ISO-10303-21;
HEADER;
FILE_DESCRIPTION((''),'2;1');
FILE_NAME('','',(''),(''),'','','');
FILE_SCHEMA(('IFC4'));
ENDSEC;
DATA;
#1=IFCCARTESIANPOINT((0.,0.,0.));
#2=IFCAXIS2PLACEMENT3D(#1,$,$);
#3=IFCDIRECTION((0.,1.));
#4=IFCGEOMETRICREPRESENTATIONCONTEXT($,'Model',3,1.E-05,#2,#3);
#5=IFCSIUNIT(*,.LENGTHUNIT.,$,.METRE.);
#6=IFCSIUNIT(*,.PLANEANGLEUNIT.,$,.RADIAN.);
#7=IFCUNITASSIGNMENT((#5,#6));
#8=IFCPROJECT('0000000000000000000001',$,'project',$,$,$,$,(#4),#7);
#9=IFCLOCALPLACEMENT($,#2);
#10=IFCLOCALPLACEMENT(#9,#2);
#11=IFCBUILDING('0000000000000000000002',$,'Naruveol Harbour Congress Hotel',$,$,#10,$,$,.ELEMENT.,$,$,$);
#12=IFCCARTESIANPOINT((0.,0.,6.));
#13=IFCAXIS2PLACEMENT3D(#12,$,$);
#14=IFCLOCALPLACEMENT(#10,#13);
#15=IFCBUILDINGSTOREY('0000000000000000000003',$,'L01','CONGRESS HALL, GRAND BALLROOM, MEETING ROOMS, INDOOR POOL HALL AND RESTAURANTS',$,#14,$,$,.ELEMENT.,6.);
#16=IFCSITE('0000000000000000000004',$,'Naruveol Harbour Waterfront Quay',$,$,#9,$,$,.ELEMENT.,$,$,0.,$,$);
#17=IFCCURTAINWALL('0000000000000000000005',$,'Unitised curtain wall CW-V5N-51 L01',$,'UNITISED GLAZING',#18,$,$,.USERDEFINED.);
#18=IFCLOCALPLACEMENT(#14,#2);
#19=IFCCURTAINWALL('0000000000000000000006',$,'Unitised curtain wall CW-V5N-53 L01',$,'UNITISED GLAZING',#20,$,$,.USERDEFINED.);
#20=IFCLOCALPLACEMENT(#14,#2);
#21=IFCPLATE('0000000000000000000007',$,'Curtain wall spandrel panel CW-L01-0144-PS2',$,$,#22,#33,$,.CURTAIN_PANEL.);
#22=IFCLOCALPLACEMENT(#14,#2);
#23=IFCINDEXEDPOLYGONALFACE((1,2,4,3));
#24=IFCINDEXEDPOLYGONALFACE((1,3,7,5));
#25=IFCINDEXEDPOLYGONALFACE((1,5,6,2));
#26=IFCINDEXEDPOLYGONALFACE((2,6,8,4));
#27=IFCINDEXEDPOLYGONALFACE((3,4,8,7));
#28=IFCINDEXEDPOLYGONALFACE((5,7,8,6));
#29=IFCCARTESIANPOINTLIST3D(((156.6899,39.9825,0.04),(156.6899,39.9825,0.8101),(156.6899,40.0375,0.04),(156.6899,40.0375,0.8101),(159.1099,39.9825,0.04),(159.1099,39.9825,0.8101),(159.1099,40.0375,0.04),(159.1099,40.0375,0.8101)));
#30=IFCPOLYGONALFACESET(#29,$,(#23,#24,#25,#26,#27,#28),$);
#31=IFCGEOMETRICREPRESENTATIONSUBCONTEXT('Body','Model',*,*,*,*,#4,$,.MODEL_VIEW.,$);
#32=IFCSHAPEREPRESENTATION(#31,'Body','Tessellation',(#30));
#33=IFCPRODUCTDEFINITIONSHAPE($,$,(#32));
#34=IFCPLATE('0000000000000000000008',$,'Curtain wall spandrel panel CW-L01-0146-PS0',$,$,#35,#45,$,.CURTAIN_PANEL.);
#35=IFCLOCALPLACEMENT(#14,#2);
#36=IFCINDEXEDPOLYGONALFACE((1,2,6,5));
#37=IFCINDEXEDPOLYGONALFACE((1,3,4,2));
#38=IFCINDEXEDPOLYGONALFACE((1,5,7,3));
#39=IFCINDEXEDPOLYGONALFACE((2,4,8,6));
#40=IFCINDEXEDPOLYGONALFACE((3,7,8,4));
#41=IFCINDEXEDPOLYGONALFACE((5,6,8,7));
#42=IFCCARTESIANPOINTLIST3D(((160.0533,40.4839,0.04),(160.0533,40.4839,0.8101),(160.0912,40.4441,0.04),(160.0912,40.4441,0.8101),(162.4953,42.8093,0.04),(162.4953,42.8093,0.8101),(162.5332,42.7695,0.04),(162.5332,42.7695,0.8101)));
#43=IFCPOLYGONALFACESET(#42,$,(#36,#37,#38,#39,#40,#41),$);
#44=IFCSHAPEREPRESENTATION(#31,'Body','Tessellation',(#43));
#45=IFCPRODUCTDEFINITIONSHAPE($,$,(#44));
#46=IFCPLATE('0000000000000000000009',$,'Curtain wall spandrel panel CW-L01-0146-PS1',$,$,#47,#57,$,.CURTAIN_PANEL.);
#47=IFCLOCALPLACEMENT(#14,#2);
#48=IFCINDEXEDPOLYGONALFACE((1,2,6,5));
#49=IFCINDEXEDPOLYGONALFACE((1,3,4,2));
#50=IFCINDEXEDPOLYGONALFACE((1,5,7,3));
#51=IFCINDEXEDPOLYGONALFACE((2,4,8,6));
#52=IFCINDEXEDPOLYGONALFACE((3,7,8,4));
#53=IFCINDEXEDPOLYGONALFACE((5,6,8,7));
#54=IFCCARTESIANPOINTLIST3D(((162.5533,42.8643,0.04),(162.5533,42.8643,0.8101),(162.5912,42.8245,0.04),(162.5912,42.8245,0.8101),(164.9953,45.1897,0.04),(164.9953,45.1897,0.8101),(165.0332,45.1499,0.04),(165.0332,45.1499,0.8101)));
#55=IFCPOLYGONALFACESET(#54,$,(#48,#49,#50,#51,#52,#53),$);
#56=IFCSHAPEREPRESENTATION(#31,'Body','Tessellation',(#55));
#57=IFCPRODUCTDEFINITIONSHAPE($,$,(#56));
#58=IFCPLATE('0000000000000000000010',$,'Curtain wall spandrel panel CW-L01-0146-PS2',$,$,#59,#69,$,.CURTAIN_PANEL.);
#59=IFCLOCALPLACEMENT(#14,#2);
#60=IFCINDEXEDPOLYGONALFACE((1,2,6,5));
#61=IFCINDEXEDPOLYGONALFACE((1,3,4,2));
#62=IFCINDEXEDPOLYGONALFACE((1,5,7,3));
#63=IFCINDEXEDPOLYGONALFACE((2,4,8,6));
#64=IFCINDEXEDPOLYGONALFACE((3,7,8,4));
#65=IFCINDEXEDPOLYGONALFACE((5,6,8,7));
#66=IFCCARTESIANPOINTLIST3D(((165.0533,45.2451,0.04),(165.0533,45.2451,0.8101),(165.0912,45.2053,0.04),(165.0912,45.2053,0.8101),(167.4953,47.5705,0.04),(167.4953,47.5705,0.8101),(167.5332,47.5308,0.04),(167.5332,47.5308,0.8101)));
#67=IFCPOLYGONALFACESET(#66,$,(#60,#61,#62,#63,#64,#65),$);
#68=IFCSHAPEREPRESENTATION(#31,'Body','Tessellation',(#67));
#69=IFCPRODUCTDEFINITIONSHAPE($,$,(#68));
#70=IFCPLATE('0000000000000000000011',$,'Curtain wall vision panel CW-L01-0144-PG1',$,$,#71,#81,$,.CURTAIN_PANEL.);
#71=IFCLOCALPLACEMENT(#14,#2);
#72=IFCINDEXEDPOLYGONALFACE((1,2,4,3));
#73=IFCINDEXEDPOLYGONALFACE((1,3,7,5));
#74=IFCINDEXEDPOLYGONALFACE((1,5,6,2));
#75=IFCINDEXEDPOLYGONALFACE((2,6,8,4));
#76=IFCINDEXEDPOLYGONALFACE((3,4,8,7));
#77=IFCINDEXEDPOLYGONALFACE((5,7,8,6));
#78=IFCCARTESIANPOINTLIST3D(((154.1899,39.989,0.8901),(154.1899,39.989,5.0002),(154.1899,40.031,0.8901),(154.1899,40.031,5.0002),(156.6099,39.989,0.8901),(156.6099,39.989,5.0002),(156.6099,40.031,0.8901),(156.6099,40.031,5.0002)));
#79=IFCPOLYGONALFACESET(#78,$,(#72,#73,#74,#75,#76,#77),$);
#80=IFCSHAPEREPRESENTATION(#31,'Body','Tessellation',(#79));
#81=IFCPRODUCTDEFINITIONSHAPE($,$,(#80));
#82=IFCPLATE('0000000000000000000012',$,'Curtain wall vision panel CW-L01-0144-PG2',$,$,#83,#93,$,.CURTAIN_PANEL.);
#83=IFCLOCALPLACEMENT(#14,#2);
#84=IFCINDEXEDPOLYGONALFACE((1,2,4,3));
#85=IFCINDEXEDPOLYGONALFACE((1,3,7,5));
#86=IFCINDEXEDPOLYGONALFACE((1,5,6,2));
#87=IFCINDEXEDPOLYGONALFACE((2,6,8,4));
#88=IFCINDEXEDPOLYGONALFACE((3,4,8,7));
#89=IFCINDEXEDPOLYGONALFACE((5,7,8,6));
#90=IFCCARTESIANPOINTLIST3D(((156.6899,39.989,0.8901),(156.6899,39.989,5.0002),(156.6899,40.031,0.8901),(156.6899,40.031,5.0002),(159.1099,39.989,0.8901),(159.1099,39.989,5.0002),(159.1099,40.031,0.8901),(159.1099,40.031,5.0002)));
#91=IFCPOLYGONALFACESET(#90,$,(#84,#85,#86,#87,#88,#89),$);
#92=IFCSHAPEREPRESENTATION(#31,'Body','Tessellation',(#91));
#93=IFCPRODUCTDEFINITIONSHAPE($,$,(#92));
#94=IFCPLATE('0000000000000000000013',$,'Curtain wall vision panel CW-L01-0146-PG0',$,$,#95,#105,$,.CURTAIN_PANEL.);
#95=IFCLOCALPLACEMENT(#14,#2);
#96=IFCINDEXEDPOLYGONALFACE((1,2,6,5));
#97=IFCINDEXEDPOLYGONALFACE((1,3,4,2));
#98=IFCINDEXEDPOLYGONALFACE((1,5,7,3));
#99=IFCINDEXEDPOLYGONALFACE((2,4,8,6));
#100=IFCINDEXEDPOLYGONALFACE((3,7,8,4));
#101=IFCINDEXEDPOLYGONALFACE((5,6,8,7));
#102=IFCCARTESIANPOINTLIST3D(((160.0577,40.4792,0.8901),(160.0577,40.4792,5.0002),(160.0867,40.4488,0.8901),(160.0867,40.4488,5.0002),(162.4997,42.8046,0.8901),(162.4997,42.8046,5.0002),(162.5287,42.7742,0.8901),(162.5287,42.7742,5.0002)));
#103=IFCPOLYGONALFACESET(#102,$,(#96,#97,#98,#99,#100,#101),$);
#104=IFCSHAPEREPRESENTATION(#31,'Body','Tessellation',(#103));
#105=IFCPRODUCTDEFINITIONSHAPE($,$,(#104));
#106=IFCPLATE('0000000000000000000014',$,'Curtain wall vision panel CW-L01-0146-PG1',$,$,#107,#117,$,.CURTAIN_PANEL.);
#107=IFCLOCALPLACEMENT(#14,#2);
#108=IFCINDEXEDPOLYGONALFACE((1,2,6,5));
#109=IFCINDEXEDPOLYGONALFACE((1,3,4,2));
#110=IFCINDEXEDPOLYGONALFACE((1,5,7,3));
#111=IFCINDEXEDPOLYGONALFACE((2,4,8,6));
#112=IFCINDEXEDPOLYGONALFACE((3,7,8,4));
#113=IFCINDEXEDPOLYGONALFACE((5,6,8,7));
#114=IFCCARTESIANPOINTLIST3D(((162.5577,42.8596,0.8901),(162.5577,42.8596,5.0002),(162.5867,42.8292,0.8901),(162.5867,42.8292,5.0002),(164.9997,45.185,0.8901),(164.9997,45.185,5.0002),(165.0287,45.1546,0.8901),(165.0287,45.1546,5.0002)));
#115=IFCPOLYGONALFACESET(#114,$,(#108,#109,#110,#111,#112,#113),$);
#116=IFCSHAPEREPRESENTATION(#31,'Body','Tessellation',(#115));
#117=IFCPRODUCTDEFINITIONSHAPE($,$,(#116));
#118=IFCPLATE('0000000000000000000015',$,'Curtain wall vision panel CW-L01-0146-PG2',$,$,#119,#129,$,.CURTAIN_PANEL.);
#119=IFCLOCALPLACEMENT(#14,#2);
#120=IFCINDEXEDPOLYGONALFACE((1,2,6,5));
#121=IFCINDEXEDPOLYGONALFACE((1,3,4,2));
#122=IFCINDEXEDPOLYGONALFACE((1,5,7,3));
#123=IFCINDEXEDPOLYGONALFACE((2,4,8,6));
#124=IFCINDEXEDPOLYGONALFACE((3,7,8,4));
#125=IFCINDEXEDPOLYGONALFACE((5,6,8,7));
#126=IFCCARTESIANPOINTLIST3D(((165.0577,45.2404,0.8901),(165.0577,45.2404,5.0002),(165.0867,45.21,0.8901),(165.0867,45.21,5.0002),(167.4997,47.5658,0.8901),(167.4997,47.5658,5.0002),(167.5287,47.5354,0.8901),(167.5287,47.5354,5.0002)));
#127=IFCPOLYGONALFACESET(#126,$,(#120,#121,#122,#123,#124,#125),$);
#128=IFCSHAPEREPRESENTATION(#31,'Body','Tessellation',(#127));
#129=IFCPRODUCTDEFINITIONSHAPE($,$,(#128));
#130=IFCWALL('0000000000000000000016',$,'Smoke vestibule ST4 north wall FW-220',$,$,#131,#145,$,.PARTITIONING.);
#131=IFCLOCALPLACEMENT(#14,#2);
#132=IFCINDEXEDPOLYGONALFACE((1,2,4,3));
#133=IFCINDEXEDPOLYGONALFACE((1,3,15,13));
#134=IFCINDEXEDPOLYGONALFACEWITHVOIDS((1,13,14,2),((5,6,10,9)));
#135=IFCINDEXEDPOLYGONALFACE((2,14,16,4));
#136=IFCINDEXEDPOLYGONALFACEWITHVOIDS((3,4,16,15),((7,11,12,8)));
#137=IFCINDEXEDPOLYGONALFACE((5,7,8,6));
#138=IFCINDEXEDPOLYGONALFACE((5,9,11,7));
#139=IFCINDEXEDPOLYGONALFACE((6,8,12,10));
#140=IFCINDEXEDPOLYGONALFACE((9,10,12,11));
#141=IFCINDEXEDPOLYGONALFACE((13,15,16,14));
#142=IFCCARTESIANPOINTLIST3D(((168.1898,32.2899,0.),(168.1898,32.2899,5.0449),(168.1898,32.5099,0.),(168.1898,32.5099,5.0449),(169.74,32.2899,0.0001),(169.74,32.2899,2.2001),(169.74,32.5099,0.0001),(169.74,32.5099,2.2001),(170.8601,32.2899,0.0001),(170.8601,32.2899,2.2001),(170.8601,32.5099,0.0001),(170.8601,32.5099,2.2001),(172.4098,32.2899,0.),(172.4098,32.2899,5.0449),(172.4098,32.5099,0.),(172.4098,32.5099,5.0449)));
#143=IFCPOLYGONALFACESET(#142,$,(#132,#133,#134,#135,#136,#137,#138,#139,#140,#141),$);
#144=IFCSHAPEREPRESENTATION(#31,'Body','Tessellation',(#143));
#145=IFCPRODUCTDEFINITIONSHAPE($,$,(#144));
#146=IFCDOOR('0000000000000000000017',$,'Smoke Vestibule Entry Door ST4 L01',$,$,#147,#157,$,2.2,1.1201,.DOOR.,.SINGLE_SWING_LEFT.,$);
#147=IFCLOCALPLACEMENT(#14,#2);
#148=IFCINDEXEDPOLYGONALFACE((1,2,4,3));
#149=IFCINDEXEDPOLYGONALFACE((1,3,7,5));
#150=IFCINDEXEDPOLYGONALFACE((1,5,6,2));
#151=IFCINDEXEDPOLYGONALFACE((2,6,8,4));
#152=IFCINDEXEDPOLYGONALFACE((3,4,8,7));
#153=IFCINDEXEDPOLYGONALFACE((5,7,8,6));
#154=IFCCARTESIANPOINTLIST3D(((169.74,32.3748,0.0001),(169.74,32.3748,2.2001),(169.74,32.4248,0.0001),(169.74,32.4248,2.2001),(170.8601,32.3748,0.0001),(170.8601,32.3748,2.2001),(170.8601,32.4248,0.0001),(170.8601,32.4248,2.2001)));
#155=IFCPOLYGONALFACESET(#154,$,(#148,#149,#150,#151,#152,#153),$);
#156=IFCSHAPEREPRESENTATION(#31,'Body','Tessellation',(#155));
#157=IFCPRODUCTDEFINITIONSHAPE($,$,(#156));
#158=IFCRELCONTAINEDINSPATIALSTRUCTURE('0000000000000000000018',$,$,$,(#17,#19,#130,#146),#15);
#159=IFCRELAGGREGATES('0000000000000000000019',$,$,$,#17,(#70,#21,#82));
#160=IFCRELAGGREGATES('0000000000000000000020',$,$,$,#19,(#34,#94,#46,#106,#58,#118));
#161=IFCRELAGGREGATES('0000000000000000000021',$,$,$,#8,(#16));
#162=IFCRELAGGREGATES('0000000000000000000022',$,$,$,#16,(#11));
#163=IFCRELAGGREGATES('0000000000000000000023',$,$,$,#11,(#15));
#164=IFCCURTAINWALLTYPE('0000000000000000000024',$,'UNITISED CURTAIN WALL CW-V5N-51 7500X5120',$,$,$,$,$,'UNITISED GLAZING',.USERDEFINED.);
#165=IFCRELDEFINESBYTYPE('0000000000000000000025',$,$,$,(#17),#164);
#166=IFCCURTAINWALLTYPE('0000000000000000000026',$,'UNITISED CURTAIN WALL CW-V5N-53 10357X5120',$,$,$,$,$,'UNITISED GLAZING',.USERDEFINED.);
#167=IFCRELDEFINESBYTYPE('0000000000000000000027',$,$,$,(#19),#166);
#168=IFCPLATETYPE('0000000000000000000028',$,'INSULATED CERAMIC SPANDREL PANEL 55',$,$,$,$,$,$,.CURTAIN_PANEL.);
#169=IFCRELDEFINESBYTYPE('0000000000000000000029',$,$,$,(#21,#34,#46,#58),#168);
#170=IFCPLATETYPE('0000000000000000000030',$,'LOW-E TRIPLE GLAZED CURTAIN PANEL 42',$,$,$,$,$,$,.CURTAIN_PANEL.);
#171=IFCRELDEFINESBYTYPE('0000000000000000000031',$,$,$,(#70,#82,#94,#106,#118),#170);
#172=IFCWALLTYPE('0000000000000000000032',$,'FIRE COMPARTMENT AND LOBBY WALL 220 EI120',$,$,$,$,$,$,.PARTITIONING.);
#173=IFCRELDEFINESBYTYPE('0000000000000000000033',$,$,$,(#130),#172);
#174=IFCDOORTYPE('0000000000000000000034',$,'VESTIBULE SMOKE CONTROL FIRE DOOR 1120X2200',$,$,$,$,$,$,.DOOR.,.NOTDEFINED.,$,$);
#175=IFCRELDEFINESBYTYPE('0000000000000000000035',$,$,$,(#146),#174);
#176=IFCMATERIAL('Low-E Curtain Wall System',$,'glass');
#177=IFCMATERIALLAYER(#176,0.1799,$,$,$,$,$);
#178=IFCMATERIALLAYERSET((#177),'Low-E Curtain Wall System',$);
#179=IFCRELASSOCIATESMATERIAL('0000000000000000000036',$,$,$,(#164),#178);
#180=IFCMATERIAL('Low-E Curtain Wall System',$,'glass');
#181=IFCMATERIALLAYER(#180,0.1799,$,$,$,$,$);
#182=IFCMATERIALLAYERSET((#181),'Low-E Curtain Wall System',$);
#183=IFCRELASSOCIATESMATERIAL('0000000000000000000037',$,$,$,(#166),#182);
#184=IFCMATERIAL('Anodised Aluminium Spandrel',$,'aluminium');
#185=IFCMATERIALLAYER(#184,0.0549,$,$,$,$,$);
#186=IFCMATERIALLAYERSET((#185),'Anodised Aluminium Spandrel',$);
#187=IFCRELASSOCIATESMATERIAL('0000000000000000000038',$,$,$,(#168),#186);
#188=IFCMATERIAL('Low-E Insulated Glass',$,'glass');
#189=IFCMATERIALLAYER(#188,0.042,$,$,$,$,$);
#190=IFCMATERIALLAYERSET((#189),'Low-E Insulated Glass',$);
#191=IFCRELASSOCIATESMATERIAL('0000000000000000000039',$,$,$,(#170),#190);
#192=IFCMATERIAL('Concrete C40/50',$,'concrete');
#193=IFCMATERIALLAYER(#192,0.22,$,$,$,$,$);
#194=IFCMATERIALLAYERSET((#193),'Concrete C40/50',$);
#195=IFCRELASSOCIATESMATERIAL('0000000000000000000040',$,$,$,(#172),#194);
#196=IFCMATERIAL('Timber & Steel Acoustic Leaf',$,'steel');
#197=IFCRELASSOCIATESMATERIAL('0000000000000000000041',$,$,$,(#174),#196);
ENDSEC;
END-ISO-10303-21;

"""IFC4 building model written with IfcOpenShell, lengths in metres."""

from ifc_helpers import new_model, si_unit, direction, frame, frame_2d, origin, origin_2d, place, context, subcontext, project, spatial, rectangle, extrude, material, layer, layer_set, type_object, element, fill, aggregate, save


model = new_model("IFC4")

# Units and contexts
model_context = context("Model", 3, precision=1e-05, world=origin(), true_north=direction((0.0, 1.0)))
body_context = subcontext(model_context, "Body", "Model", "MODEL_VIEW")
ifc_project = project(units=[si_unit("LENGTHUNIT", "METRE"), si_unit("PLANEANGLEUNIT", "RADIAN")], contexts=[model_context])

# Site, building, storey
site_placement = place(None, origin())
site = spatial("IfcSite", under=ifc_project, at=site_placement, Name="Naruveol Harbour Waterfront Quay", CompositionType="ELEMENT", RefElevation=0.0)
building_placement = place(site_placement, origin())
building = spatial("IfcBuilding", under=site, at=building_placement, Name="Naruveol Harbour Congress Hotel", CompositionType="ELEMENT")
storey_placement = place(building_placement, frame((0.0, 0.0, 6.0)))
storey = spatial("IfcBuildingStorey", under=building, at=storey_placement, Name="L01", Description="CONGRESS HALL, GRAND BALLROOM, MEETING ROOMS, INDOOR POOL HALL AND RESTAURANTS", CompositionType="ELEMENT", Elevation=6.0)

# Curtain walls
ifc_material_1 = material(Name="Low-E Curtain Wall System", Category="glass")
ifc_layer_1 = layer(ifc_material_1, 0.1799)
ifc_layer_set_1 = layer_set([ifc_layer_1], Name="Low-E Curtain Wall System")
curtain_wall_type_1 = type_object("IfcCurtainWallType", Name="UNITISED CURTAIN WALL CW-V5N-51 7500X5120", ElementType="UNITISED GLAZING", PredefinedType="USERDEFINED", material=ifc_layer_set_1)
curtain_wall_1_placement = place(storey_placement, origin())
curtain_wall_1 = element("IfcCurtainWall", 1, at=curtain_wall_1_placement, inside=storey, type_object=curtain_wall_type_1, Name="Unitised curtain wall CW-V5N-51 L01", ObjectType="UNITISED GLAZING", PredefinedType="USERDEFINED")
ifc_material_2 = material(Name="Low-E Curtain Wall System", Category="glass")
ifc_layer_2 = layer(ifc_material_2, 0.1799)
ifc_layer_set_2 = layer_set([ifc_layer_2], Name="Low-E Curtain Wall System")
curtain_wall_type_2 = type_object("IfcCurtainWallType", Name="UNITISED CURTAIN WALL CW-V5N-53 10357X5120", ElementType="UNITISED GLAZING", PredefinedType="USERDEFINED", material=ifc_layer_set_2)
curtain_wall_2_placement = place(storey_placement, origin())
curtain_wall_2 = element("IfcCurtainWall", 2, at=curtain_wall_2_placement, inside=storey, type_object=curtain_wall_type_2, Name="Unitised curtain wall CW-V5N-53 L01", ObjectType="UNITISED GLAZING", PredefinedType="USERDEFINED")

# Plates
ifc_material_3 = material(Name="Anodised Aluminium Spandrel", Category="aluminium")
ifc_layer_3 = layer(ifc_material_3, 0.0549)
ifc_layer_set_3 = layer_set([ifc_layer_3], Name="Anodised Aluminium Spandrel")
plate_type_1 = type_object("IfcPlateType", Name="INSULATED CERAMIC SPANDREL PANEL 55", PredefinedType="CURTAIN_PANEL", material=ifc_layer_set_3)
plate_1_placement = place(storey_placement, frame((157.8999, 40.01, 0.04), z_axis=(0.0, 0.0, 1.0), x_axis=(1.0, 0.0, 0.0)))
plate_1 = element("IfcPlate", 3, at=plate_1_placement, type_object=plate_type_1, Name="Curtain wall spandrel panel CW-L01-0144-PS2", PredefinedType="CURTAIN_PANEL", context=body_context, shape_type="SweptSolid", body=[
    extrude(rectangle(XDim=2.4199, YDim=0.0549, at=origin_2d()), origin(), (0.0, 0.0, 1.0), 0.77),
])
plate_2_placement = place(storey_placement, frame((161.2932, 41.6267, 0.04), z_axis=(0.0, 0.0, 1.0), x_axis=(0.724184, 0.689607, 0.0)))
plate_2 = element("IfcPlate", 4, at=plate_2_placement, type_object=plate_type_1, Name="Curtain wall spandrel panel CW-L01-0146-PS0", PredefinedType="CURTAIN_PANEL", context=body_context, shape_type="SweptSolid", body=[
    extrude(rectangle(XDim=3.3721, YDim=0.0549, at=origin_2d()), origin(), (0.0, 0.0, 1.0), 0.77),
])
plate_3_placement = place(storey_placement, frame((163.7932, 44.0071, 0.04), z_axis=(0.0, 0.0, 1.0), x_axis=(0.724184, 0.689607, 0.0)))
plate_3 = element("IfcPlate", 5, at=plate_3_placement, type_object=plate_type_1, Name="Curtain wall spandrel panel CW-L01-0146-PS1", PredefinedType="CURTAIN_PANEL", context=body_context, shape_type="SweptSolid", body=[
    extrude(rectangle(XDim=3.3721, YDim=0.0549, at=origin_2d()), origin(), (0.0, 0.0, 1.0), 0.77),
])
plate_4_placement = place(storey_placement, frame((166.2932, 46.3879, 0.04), z_axis=(0.0, 0.0, 1.0), x_axis=(0.724184, 0.689607, 0.0)))
plate_4 = element("IfcPlate", 6, at=plate_4_placement, type_object=plate_type_1, Name="Curtain wall spandrel panel CW-L01-0146-PS2", PredefinedType="CURTAIN_PANEL", context=body_context, shape_type="SweptSolid", body=[
    extrude(rectangle(XDim=3.3721, YDim=0.0549, at=origin_2d()), origin(), (0.0, 0.0, 1.0), 0.77),
])
ifc_material_4 = material(Name="Low-E Insulated Glass", Category="glass")
ifc_layer_4 = layer(ifc_material_4, 0.042)
ifc_layer_set_4 = layer_set([ifc_layer_4], Name="Low-E Insulated Glass")
plate_type_2 = type_object("IfcPlateType", Name="LOW-E TRIPLE GLAZED CURTAIN PANEL 42", PredefinedType="CURTAIN_PANEL", material=ifc_layer_set_4)
plate_5_placement = place(storey_placement, frame((155.3999, 40.01, 0.8901), z_axis=(0.0, 0.0, 1.0), x_axis=(1.0, 0.0, 0.0)))
plate_5 = element("IfcPlate", 7, at=plate_5_placement, type_object=plate_type_2, Name="Curtain wall vision panel CW-L01-0144-PG1", PredefinedType="CURTAIN_PANEL", context=body_context, shape_type="SweptSolid", body=[
    extrude(rectangle(XDim=2.4199, YDim=0.042, at=origin_2d()), origin(), (0.0, 0.0, 1.0), 4.1101),
])
plate_6_placement = place(storey_placement, frame((157.8999, 40.01, 0.8901), z_axis=(0.0, 0.0, 1.0), x_axis=(1.0, 0.0, 0.0)))
plate_6 = element("IfcPlate", 8, at=plate_6_placement, type_object=plate_type_2, Name="Curtain wall vision panel CW-L01-0144-PG2", PredefinedType="CURTAIN_PANEL", context=body_context, shape_type="SweptSolid", body=[
    extrude(rectangle(XDim=2.4199, YDim=0.042, at=origin_2d()), origin(), (0.0, 0.0, 1.0), 4.1101),
])
aggregate(curtain_wall_1, [plate_5, plate_1, plate_6])
plate_7_placement = place(storey_placement, frame((161.2932, 41.6267, 0.8901), z_axis=(0.0, 0.0, 1.0), x_axis=(0.724184, 0.689607, 0.0)))
plate_7 = element("IfcPlate", 9, at=plate_7_placement, type_object=plate_type_2, Name="Curtain wall vision panel CW-L01-0146-PG0", PredefinedType="CURTAIN_PANEL", context=body_context, shape_type="SweptSolid", body=[
    extrude(rectangle(XDim=3.3721, YDim=0.042, at=origin_2d()), origin(), (0.0, 0.0, 1.0), 4.1101),
])
plate_8_placement = place(storey_placement, frame((163.7932, 44.0071, 0.8901), z_axis=(0.0, 0.0, 1.0), x_axis=(0.724184, 0.689607, 0.0)))
plate_8 = element("IfcPlate", 10, at=plate_8_placement, type_object=plate_type_2, Name="Curtain wall vision panel CW-L01-0146-PG1", PredefinedType="CURTAIN_PANEL", context=body_context, shape_type="SweptSolid", body=[
    extrude(rectangle(XDim=3.3721, YDim=0.042, at=origin_2d()), origin(), (0.0, 0.0, 1.0), 4.1101),
])
plate_9_placement = place(storey_placement, frame((166.2932, 46.3879, 0.8901), z_axis=(0.0, 0.0, 1.0), x_axis=(0.724184, 0.689607, 0.0)))
plate_9 = element("IfcPlate", 11, at=plate_9_placement, type_object=plate_type_2, Name="Curtain wall vision panel CW-L01-0146-PG2", PredefinedType="CURTAIN_PANEL", context=body_context, shape_type="SweptSolid", body=[
    extrude(rectangle(XDim=3.3721, YDim=0.042, at=origin_2d()), origin(), (0.0, 0.0, 1.0), 4.1101),
])
aggregate(curtain_wall_2, [plate_2, plate_7, plate_3, plate_8, plate_4, plate_9])

# Wall, opening, door
ifc_material_5 = material(Name="Concrete C40/50", Category="concrete")
ifc_layer_5 = layer(ifc_material_5, 0.22)
ifc_layer_set_5 = layer_set([ifc_layer_5], Name="Concrete C40/50")
wall_type = type_object("IfcWallType", Name="FIRE COMPARTMENT AND LOBBY WALL 220 EI120", PredefinedType="PARTITIONING", material=ifc_layer_set_5)
wall_placement = place(storey_placement, frame((168.1899, 32.3999, 0.0), z_axis=(0.0, 0.0, 1.0), x_axis=(1.0, 0.0, 0.0)))
wall = element("IfcWall", 12, at=wall_placement, inside=storey, type_object=wall_type, Name="Smoke vestibule ST4 north wall FW-220", PredefinedType="PARTITIONING", context=body_context, shape_type="SweptSolid", body=[
    extrude(rectangle(XDim=4.22, YDim=0.22, at=frame_2d((2.1099, 0.0))), origin(), (0.0, 0.0, 1.0), 5.0449),
])
opening_placement = place(wall_placement, frame((1.55, 0.0, 0.0)))
opening = element("IfcOpeningElement", 13, at=opening_placement, cuts=wall, PredefinedType="OPENING", context=body_context, shape_type="SweptSolid", body=[
    extrude(rectangle(XDim=1.1201, YDim=2.2, at=frame_2d((0.5601, 1.1001))), frame((0.0, 0.1199, 0.0), z_axis=(0.0, -1.0, 0.0), x_axis=(1.0, 0.0, 0.0)), (0.0, 0.0, 1.0), 0.24),
])
ifc_material_6 = material(Name="Timber & Steel Acoustic Leaf", Category="steel")
door_type = type_object("IfcDoorType", Name="VESTIBULE SMOKE CONTROL FIRE DOOR 1120X2200", OperationType="NOTDEFINED", PredefinedType="DOOR", material=ifc_material_6)
door_placement = place(opening_placement, origin())
door = element("IfcDoor", 14, at=door_placement, inside=storey, type_object=door_type, Name="Smoke Vestibule Entry Door ST4 L01", OperationType="SINGLE_SWING_LEFT", OverallHeight=2.2, OverallWidth=1.1201, PredefinedType="DOOR", context=body_context, shape_type="SweptSolid", body=[
    extrude(rectangle(XDim=1.1201, YDim=2.2, at=frame_2d((0.5601, 1.1001))), frame((0.0, 0.0249, 0.0), z_axis=(0.0, -1.0, 0.0), x_axis=(1.0, 0.0, 0.0)), (0.0, 0.0, 1.0), 0.05),
])
fill(opening, door)

save(model, "model.ifc")
